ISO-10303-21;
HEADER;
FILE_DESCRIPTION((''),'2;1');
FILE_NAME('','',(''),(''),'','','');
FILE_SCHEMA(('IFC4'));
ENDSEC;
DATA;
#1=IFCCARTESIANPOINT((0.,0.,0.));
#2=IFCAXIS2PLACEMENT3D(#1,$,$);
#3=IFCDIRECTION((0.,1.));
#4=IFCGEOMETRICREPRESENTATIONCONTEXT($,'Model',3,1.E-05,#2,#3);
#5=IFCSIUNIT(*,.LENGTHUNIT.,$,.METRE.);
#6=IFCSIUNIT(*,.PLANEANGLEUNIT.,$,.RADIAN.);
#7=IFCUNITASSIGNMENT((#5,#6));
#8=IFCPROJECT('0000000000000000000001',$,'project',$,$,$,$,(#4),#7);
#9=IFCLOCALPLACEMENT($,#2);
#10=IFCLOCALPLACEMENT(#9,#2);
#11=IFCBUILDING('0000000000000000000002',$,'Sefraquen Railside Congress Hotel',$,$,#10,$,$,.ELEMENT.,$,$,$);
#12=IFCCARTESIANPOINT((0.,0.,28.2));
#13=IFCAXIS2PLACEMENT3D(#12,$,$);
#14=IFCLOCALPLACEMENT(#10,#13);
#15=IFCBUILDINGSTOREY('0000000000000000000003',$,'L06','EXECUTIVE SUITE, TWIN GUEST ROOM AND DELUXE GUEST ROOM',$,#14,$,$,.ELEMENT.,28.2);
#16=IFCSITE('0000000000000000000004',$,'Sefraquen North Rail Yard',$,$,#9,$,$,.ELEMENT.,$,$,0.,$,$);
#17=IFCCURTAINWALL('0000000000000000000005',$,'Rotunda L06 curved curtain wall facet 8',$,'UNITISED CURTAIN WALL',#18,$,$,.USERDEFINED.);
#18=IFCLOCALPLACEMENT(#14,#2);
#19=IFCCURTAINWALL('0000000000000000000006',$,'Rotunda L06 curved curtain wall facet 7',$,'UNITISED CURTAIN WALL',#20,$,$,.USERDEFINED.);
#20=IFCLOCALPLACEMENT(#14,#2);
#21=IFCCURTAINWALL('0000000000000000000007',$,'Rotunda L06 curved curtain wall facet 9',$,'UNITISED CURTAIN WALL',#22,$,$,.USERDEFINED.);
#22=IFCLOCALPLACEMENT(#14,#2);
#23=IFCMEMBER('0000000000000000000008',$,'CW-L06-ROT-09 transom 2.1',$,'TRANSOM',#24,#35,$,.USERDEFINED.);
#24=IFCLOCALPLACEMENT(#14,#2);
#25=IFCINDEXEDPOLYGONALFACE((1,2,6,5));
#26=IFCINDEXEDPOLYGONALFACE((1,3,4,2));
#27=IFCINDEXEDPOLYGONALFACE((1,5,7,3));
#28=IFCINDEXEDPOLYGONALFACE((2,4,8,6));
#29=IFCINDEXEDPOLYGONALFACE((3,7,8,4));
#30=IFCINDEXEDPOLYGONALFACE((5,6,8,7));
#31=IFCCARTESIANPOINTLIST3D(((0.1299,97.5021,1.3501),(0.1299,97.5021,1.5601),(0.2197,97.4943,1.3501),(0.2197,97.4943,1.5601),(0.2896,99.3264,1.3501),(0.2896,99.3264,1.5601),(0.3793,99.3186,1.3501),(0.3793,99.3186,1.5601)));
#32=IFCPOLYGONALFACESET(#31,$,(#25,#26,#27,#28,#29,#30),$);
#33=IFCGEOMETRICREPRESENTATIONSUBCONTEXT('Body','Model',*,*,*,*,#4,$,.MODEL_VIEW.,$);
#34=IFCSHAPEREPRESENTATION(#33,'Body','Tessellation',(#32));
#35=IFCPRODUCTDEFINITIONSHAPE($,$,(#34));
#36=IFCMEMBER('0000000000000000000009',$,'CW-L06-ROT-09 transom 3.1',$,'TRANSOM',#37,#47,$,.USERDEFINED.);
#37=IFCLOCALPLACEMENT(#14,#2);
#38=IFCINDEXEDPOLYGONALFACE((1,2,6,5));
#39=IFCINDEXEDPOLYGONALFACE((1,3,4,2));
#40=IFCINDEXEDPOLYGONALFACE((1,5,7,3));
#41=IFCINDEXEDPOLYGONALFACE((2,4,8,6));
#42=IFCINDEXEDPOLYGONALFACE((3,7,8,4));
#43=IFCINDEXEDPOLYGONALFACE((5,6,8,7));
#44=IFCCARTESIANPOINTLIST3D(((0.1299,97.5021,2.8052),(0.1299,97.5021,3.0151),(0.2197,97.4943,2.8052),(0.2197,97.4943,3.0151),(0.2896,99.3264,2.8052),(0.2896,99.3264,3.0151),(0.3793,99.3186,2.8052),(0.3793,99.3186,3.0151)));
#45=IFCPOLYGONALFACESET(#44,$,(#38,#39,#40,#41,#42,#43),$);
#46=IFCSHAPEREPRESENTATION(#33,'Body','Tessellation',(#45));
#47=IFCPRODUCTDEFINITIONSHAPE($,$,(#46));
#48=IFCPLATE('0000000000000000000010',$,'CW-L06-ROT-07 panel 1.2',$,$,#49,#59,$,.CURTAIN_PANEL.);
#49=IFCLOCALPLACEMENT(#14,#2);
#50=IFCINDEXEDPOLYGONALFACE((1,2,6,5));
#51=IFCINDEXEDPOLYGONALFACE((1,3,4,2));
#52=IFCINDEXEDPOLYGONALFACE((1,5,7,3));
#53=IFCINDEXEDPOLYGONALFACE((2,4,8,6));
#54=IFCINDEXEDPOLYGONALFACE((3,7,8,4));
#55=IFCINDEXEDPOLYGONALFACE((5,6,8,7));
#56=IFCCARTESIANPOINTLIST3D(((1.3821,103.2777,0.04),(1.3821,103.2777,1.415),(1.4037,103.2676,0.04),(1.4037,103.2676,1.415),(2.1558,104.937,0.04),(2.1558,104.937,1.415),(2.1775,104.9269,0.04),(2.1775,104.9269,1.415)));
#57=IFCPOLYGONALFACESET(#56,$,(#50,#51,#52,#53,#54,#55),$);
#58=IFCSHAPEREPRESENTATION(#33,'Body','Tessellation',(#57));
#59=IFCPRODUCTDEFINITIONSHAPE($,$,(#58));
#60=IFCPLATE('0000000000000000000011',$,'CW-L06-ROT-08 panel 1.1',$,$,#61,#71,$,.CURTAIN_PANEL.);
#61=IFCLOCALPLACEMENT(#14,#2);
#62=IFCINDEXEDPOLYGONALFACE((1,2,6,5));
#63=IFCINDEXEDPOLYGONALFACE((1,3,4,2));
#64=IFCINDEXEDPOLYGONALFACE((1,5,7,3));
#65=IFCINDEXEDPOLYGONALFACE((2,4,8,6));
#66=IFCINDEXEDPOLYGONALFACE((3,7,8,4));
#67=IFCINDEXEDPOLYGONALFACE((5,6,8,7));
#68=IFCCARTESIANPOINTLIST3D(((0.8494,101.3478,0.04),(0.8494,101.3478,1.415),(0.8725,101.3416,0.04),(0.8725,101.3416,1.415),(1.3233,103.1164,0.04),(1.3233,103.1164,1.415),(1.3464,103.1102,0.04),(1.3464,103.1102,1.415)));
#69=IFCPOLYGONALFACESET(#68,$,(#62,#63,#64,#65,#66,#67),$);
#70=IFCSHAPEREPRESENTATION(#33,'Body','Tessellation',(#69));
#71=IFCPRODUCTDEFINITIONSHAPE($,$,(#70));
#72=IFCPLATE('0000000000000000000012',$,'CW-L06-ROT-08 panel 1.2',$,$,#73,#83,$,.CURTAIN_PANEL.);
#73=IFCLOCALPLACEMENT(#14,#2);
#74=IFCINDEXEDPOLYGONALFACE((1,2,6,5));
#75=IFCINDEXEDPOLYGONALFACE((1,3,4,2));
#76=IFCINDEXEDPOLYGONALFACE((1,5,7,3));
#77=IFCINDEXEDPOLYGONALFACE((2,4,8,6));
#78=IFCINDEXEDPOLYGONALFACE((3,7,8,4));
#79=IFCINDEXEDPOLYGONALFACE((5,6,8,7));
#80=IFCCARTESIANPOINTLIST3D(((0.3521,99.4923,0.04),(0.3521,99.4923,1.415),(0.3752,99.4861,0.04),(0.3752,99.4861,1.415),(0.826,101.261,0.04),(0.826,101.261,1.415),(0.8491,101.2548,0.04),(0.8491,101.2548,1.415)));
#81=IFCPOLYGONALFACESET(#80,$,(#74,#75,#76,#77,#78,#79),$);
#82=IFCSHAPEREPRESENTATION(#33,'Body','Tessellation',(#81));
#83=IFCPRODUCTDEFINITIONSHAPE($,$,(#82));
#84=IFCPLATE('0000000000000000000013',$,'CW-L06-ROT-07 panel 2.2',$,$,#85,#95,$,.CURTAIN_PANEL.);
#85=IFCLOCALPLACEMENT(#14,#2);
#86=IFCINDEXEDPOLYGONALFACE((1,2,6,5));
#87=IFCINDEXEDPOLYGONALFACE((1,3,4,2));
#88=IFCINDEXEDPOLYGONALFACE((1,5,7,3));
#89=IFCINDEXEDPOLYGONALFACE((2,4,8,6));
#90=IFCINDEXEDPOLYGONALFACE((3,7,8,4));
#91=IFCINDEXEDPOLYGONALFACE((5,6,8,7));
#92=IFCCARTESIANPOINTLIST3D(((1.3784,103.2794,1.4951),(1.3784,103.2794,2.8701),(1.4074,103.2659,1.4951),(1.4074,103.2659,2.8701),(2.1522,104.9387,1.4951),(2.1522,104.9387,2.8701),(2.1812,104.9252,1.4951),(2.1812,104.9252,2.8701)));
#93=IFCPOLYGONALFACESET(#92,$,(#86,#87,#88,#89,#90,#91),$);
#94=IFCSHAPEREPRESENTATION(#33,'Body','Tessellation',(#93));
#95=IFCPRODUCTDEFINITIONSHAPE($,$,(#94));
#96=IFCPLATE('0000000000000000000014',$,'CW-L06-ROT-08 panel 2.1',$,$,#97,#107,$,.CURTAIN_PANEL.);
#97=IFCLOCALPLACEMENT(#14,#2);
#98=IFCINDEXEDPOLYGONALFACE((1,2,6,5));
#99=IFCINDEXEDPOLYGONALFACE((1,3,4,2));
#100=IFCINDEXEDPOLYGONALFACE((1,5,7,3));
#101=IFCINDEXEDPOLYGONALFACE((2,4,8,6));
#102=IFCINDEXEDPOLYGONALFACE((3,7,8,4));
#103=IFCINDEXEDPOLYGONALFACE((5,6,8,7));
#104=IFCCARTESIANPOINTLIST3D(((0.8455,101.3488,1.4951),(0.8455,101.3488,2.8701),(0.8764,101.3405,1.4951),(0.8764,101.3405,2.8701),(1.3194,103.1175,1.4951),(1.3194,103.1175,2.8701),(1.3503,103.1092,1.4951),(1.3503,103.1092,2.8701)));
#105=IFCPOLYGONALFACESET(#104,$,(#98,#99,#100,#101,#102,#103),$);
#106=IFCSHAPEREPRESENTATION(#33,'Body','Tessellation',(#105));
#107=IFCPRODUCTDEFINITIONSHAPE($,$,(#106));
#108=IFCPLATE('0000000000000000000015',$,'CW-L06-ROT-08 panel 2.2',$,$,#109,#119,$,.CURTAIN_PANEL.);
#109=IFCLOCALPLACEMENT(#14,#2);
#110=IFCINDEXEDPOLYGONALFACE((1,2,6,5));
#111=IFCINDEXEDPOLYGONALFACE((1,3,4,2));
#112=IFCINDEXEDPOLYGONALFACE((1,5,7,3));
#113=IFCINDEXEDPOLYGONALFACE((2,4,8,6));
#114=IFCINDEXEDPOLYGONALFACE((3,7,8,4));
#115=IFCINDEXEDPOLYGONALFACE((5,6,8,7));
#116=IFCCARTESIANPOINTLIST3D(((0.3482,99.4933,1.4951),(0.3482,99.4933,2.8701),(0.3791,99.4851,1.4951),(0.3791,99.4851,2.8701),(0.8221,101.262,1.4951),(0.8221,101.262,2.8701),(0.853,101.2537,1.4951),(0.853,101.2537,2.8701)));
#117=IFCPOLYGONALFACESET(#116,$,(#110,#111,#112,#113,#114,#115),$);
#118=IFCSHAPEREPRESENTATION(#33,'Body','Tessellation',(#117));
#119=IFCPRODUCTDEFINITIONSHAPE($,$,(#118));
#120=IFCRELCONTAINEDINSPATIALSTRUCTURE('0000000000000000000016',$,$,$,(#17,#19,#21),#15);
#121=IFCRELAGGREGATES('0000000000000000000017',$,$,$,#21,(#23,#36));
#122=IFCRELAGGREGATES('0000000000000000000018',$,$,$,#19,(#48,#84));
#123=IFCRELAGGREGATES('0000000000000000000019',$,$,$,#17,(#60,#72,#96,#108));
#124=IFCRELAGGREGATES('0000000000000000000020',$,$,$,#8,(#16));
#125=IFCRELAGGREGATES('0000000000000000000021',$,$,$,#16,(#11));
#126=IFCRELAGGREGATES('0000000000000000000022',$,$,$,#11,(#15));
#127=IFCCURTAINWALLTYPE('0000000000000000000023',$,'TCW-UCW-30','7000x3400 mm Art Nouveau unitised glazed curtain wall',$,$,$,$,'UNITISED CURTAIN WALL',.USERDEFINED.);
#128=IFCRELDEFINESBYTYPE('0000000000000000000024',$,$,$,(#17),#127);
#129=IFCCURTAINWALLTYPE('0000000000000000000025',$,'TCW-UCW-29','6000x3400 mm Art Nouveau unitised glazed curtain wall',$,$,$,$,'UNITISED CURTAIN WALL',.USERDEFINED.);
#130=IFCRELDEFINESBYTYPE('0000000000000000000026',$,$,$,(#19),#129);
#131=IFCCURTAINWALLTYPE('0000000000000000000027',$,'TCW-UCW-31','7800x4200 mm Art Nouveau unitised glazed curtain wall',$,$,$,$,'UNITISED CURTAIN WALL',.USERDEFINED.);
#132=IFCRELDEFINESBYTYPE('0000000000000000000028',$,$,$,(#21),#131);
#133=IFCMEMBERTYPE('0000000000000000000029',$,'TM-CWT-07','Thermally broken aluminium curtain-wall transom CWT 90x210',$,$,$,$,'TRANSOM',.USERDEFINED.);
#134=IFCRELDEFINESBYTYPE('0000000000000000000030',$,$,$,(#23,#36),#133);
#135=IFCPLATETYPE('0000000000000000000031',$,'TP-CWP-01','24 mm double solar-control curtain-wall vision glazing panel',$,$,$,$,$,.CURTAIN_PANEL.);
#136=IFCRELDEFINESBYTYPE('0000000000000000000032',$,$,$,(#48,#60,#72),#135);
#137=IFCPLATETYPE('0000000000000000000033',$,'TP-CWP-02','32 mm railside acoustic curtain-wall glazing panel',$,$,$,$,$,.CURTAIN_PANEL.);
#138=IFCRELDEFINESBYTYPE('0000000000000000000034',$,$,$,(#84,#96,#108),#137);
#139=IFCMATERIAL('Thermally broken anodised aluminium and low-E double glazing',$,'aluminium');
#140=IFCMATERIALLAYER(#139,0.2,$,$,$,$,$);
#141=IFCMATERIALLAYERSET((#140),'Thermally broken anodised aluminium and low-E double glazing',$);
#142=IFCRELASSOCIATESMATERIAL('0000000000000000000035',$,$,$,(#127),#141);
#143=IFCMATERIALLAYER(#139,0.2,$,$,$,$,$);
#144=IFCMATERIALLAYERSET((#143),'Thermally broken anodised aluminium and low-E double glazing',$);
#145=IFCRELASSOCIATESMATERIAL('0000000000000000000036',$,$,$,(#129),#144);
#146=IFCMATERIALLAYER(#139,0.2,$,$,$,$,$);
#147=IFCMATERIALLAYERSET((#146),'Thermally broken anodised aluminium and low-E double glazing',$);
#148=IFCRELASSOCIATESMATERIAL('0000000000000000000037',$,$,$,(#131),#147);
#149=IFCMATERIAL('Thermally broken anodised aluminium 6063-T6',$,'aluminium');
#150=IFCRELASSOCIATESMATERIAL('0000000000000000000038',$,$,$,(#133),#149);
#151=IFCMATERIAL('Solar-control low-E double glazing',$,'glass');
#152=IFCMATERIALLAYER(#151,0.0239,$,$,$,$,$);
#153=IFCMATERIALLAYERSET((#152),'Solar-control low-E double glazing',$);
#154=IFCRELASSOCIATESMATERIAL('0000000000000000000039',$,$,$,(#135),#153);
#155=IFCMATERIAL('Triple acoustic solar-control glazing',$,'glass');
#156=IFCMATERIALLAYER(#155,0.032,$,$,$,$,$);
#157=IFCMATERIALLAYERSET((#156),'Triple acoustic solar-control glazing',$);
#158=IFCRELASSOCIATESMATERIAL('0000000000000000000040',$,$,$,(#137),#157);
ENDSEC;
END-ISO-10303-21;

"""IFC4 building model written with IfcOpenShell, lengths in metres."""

from ifc_helpers import new_model, si_unit, direction, frame, origin, origin_2d, place, context, subcontext, project, spatial, rectangle, extrude, material, layer, layer_set, material_profile, profile_set, type_object, element, aggregate, save


model = new_model("IFC4")

# Units and contexts
model_context = context("Model", 3, precision=1e-05, world=origin(), true_north=direction((0.0, 1.0)))
body_context = subcontext(model_context, "Body", "Model", "MODEL_VIEW")
ifc_project = project(units=[si_unit("LENGTHUNIT", "METRE"), si_unit("PLANEANGLEUNIT", "RADIAN")], contexts=[model_context])

# Site, building, storey
site_placement = place(None, origin())
site = spatial("IfcSite", under=ifc_project, at=site_placement, Name="Sefraquen North Rail Yard", CompositionType="ELEMENT", RefElevation=0.0)
building_placement = place(site_placement, origin())
building = spatial("IfcBuilding", under=site, at=building_placement, Name="Sefraquen Railside Congress Hotel", CompositionType="ELEMENT")
storey_placement = place(building_placement, frame((0.0, 0.0, 28.2)))
storey = spatial("IfcBuildingStorey", under=building, at=storey_placement, Name="L06", Description="EXECUTIVE SUITE, TWIN GUEST ROOM AND DELUXE GUEST ROOM", CompositionType="ELEMENT", Elevation=28.2)

# Curtain walls
ifc_material_1 = material(Name="Thermally broken anodised aluminium and low-E double glazing", Category="aluminium")
ifc_layer_1 = layer(ifc_material_1, 0.2)
ifc_layer_set_1 = layer_set([ifc_layer_1], Name="Thermally broken anodised aluminium and low-E double glazing")
curtain_wall_type_1 = type_object("IfcCurtainWallType", Name="TCW-UCW-30", Description="7000x3400 mm Art Nouveau unitised glazed curtain wall", ElementType="UNITISED CURTAIN WALL", PredefinedType="USERDEFINED", material=ifc_layer_set_1)
curtain_wall_1_placement = place(storey_placement, origin())
curtain_wall_1 = element("IfcCurtainWall", 1, at=curtain_wall_1_placement, inside=storey, type_object=curtain_wall_type_1, Name="Rotunda L06 curved curtain wall facet 8", ObjectType="UNITISED CURTAIN WALL", PredefinedType="USERDEFINED")
ifc_material_2 = material(Name="Thermally broken anodised aluminium 6063-T6", Category="aluminium")
ifc_layer_2 = layer(ifc_material_1, 0.2)
ifc_layer_set_2 = layer_set([ifc_layer_2], Name="Thermally broken anodised aluminium and low-E double glazing")
curtain_wall_type_2 = type_object("IfcCurtainWallType", Name="TCW-UCW-29", Description="6000x3400 mm Art Nouveau unitised glazed curtain wall", ElementType="UNITISED CURTAIN WALL", PredefinedType="USERDEFINED", material=ifc_layer_set_2)
curtain_wall_2_placement = place(storey_placement, origin())
curtain_wall_2 = element("IfcCurtainWall", 2, at=curtain_wall_2_placement, inside=storey, type_object=curtain_wall_type_2, Name="Rotunda L06 curved curtain wall facet 7", ObjectType="UNITISED CURTAIN WALL", PredefinedType="USERDEFINED")

# Curtain wall
ifc_layer_3 = layer(ifc_material_1, 0.2)
ifc_layer_set_3 = layer_set([ifc_layer_3], Name="Thermally broken anodised aluminium and low-E double glazing")
curtain_wall_type_3 = type_object("IfcCurtainWallType", Name="TCW-UCW-31", Description="7800x4200 mm Art Nouveau unitised glazed curtain wall", ElementType="UNITISED CURTAIN WALL", PredefinedType="USERDEFINED", material=ifc_layer_set_3)
curtain_wall_3_placement = place(storey_placement, origin())
curtain_wall_3 = element("IfcCurtainWall", 3, at=curtain_wall_3_placement, inside=storey, type_object=curtain_wall_type_3, Name="Rotunda L06 curved curtain wall facet 9", ObjectType="UNITISED CURTAIN WALL", PredefinedType="USERDEFINED")

# Members
ifc_material_profile_1 = material_profile(ifc_material_2, rectangle(XDim=0.0901, YDim=0.21, at=origin_2d()), Name="CWT 90x210")
ifc_profile_set_1 = profile_set([ifc_material_profile_1], Name="Thermally broken anodised aluminium 6063-T6")
member_type_1 = type_object("IfcMemberType", Name="TM-CWT-07", Description="Thermally broken aluminium curtain-wall transom CWT 90x210", ElementType="TRANSOM", PredefinedType="USERDEFINED", material=ifc_profile_set_1)
member_1_placement = place(storey_placement, frame((0.3345, 99.3225, 1.4551), z_axis=(-0.087193, -0.996191, 0.0), x_axis=(0.996191, -0.087193, 0.0)))
member_1 = element("IfcMember", 4, at=member_1_placement, type_object=member_type_1, Name="CW-L06-ROT-09 transom 2.1", ObjectType="TRANSOM", PredefinedType="USERDEFINED", context=body_context, shape_type="SweptSolid", body=[
    extrude(rectangle(XDim=0.0901, YDim=0.21, at=origin_2d()), origin(), (0.0, 0.0, 1.0), 1.8313),
])
member_2_placement = place(storey_placement, frame((0.3345, 99.3225, 2.9102), z_axis=(-0.087193, -0.996191, 0.0), x_axis=(0.996191, -0.087193, 0.0)))
member_2 = element("IfcMember", 5, at=member_2_placement, type_object=member_type_1, Name="CW-L06-ROT-09 transom 3.1", ObjectType="TRANSOM", PredefinedType="USERDEFINED", context=body_context, shape_type="SweptSolid", body=[
    extrude(rectangle(XDim=0.0901, YDim=0.21, at=origin_2d()), origin(), (0.0, 0.0, 1.0), 1.8313),
])
aggregate(curtain_wall_3, [member_1, member_2])

# Plates
ifc_material_3 = material(Name="Solar-control low-E double glazing", Category="glass")
ifc_layer_4 = layer(ifc_material_3, 0.0239)
ifc_layer_set_4 = layer_set([ifc_layer_4], Name="Solar-control low-E double glazing")
plate_type_1 = type_object("IfcPlateType", Name="TP-CWP-01", Description="24 mm double solar-control curtain-wall vision glazing panel", PredefinedType="CURTAIN_PANEL", material=ifc_layer_set_4)
plate_1_placement = place(storey_placement, frame((1.7798, 104.1023, 0.04), z_axis=(0.0, 0.0, 1.0), x_axis=(-0.422634, -0.9063, 0.0)))
plate_1 = element("IfcPlate", 6, at=plate_1_placement, type_object=plate_type_1, Name="CW-L06-ROT-07 panel 1.2", PredefinedType="CURTAIN_PANEL", context=body_context, shape_type="SweptSolid", body=[
    extrude(rectangle(XDim=1.8308, YDim=0.0239, at=origin_2d()), origin(), (0.0, 0.0, 1.0), 1.375),
])
plate_2_placement = place(storey_placement, frame((1.0979, 102.229, 0.04), z_axis=(0.0, 0.0, 1.0), x_axis=(-0.258785, -0.965935, 0.0)))
plate_2 = element("IfcPlate", 7, at=plate_2_placement, type_object=plate_type_1, Name="CW-L06-ROT-08 panel 1.1", PredefinedType="CURTAIN_PANEL", context=body_context, shape_type="SweptSolid", body=[
    extrude(rectangle(XDim=1.8311, YDim=0.0239, at=origin_2d()), origin(), (0.0, 0.0, 1.0), 1.375),
])
plate_3_placement = place(storey_placement, frame((0.6006, 100.3735, 0.04), z_axis=(0.0, 0.0, 1.0), x_axis=(-0.258785, -0.965935, 0.0)))
plate_3 = element("IfcPlate", 8, at=plate_3_placement, type_object=plate_type_1, Name="CW-L06-ROT-08 panel 1.2", PredefinedType="CURTAIN_PANEL", context=body_context, shape_type="SweptSolid", body=[
    extrude(rectangle(XDim=1.8311, YDim=0.0239, at=origin_2d()), origin(), (0.0, 0.0, 1.0), 1.375),
])
ifc_material_4 = material(Name="Triple acoustic solar-control glazing", Category="glass")
ifc_layer_5 = layer(ifc_material_4, 0.032)
ifc_layer_set_5 = layer_set([ifc_layer_5], Name="Triple acoustic solar-control glazing")
plate_type_2 = type_object("IfcPlateType", Name="TP-CWP-02", Description="32 mm railside acoustic curtain-wall glazing panel", PredefinedType="CURTAIN_PANEL", material=ifc_layer_set_5)
plate_4_placement = place(storey_placement, frame((1.7798, 104.1023, 1.4951), z_axis=(0.0, 0.0, 1.0), x_axis=(-0.422634, -0.9063, 0.0)))
plate_4 = element("IfcPlate", 9, at=plate_4_placement, type_object=plate_type_2, Name="CW-L06-ROT-07 panel 2.2", PredefinedType="CURTAIN_PANEL", context=body_context, shape_type="SweptSolid", body=[
    extrude(rectangle(XDim=1.8308, YDim=0.032, at=origin_2d()), origin(), (0.0, 0.0, 1.0), 1.375),
])
aggregate(curtain_wall_2, [plate_1, plate_4])
plate_5_placement = place(storey_placement, frame((1.0979, 102.229, 1.4951), z_axis=(0.0, 0.0, 1.0), x_axis=(-0.258785, -0.965935, 0.0)))
plate_5 = element("IfcPlate", 10, at=plate_5_placement, type_object=plate_type_2, Name="CW-L06-ROT-08 panel 2.1", PredefinedType="CURTAIN_PANEL", context=body_context, shape_type="SweptSolid", body=[
    extrude(rectangle(XDim=1.8311, YDim=0.032, at=origin_2d()), origin(), (0.0, 0.0, 1.0), 1.375),
])
plate_6_placement = place(storey_placement, frame((0.6006, 100.3735, 1.4951), z_axis=(0.0, 0.0, 1.0), x_axis=(-0.258785, -0.965935, 0.0)))
plate_6 = element("IfcPlate", 11, at=plate_6_placement, type_object=plate_type_2, Name="CW-L06-ROT-08 panel 2.2", PredefinedType="CURTAIN_PANEL", context=body_context, shape_type="SweptSolid", body=[
    extrude(rectangle(XDim=1.8311, YDim=0.032, at=origin_2d()), origin(), (0.0, 0.0, 1.0), 1.375),
])
aggregate(curtain_wall_1, [plate_2, plate_3, plate_5, plate_6])

save(model, "model.ifc")
